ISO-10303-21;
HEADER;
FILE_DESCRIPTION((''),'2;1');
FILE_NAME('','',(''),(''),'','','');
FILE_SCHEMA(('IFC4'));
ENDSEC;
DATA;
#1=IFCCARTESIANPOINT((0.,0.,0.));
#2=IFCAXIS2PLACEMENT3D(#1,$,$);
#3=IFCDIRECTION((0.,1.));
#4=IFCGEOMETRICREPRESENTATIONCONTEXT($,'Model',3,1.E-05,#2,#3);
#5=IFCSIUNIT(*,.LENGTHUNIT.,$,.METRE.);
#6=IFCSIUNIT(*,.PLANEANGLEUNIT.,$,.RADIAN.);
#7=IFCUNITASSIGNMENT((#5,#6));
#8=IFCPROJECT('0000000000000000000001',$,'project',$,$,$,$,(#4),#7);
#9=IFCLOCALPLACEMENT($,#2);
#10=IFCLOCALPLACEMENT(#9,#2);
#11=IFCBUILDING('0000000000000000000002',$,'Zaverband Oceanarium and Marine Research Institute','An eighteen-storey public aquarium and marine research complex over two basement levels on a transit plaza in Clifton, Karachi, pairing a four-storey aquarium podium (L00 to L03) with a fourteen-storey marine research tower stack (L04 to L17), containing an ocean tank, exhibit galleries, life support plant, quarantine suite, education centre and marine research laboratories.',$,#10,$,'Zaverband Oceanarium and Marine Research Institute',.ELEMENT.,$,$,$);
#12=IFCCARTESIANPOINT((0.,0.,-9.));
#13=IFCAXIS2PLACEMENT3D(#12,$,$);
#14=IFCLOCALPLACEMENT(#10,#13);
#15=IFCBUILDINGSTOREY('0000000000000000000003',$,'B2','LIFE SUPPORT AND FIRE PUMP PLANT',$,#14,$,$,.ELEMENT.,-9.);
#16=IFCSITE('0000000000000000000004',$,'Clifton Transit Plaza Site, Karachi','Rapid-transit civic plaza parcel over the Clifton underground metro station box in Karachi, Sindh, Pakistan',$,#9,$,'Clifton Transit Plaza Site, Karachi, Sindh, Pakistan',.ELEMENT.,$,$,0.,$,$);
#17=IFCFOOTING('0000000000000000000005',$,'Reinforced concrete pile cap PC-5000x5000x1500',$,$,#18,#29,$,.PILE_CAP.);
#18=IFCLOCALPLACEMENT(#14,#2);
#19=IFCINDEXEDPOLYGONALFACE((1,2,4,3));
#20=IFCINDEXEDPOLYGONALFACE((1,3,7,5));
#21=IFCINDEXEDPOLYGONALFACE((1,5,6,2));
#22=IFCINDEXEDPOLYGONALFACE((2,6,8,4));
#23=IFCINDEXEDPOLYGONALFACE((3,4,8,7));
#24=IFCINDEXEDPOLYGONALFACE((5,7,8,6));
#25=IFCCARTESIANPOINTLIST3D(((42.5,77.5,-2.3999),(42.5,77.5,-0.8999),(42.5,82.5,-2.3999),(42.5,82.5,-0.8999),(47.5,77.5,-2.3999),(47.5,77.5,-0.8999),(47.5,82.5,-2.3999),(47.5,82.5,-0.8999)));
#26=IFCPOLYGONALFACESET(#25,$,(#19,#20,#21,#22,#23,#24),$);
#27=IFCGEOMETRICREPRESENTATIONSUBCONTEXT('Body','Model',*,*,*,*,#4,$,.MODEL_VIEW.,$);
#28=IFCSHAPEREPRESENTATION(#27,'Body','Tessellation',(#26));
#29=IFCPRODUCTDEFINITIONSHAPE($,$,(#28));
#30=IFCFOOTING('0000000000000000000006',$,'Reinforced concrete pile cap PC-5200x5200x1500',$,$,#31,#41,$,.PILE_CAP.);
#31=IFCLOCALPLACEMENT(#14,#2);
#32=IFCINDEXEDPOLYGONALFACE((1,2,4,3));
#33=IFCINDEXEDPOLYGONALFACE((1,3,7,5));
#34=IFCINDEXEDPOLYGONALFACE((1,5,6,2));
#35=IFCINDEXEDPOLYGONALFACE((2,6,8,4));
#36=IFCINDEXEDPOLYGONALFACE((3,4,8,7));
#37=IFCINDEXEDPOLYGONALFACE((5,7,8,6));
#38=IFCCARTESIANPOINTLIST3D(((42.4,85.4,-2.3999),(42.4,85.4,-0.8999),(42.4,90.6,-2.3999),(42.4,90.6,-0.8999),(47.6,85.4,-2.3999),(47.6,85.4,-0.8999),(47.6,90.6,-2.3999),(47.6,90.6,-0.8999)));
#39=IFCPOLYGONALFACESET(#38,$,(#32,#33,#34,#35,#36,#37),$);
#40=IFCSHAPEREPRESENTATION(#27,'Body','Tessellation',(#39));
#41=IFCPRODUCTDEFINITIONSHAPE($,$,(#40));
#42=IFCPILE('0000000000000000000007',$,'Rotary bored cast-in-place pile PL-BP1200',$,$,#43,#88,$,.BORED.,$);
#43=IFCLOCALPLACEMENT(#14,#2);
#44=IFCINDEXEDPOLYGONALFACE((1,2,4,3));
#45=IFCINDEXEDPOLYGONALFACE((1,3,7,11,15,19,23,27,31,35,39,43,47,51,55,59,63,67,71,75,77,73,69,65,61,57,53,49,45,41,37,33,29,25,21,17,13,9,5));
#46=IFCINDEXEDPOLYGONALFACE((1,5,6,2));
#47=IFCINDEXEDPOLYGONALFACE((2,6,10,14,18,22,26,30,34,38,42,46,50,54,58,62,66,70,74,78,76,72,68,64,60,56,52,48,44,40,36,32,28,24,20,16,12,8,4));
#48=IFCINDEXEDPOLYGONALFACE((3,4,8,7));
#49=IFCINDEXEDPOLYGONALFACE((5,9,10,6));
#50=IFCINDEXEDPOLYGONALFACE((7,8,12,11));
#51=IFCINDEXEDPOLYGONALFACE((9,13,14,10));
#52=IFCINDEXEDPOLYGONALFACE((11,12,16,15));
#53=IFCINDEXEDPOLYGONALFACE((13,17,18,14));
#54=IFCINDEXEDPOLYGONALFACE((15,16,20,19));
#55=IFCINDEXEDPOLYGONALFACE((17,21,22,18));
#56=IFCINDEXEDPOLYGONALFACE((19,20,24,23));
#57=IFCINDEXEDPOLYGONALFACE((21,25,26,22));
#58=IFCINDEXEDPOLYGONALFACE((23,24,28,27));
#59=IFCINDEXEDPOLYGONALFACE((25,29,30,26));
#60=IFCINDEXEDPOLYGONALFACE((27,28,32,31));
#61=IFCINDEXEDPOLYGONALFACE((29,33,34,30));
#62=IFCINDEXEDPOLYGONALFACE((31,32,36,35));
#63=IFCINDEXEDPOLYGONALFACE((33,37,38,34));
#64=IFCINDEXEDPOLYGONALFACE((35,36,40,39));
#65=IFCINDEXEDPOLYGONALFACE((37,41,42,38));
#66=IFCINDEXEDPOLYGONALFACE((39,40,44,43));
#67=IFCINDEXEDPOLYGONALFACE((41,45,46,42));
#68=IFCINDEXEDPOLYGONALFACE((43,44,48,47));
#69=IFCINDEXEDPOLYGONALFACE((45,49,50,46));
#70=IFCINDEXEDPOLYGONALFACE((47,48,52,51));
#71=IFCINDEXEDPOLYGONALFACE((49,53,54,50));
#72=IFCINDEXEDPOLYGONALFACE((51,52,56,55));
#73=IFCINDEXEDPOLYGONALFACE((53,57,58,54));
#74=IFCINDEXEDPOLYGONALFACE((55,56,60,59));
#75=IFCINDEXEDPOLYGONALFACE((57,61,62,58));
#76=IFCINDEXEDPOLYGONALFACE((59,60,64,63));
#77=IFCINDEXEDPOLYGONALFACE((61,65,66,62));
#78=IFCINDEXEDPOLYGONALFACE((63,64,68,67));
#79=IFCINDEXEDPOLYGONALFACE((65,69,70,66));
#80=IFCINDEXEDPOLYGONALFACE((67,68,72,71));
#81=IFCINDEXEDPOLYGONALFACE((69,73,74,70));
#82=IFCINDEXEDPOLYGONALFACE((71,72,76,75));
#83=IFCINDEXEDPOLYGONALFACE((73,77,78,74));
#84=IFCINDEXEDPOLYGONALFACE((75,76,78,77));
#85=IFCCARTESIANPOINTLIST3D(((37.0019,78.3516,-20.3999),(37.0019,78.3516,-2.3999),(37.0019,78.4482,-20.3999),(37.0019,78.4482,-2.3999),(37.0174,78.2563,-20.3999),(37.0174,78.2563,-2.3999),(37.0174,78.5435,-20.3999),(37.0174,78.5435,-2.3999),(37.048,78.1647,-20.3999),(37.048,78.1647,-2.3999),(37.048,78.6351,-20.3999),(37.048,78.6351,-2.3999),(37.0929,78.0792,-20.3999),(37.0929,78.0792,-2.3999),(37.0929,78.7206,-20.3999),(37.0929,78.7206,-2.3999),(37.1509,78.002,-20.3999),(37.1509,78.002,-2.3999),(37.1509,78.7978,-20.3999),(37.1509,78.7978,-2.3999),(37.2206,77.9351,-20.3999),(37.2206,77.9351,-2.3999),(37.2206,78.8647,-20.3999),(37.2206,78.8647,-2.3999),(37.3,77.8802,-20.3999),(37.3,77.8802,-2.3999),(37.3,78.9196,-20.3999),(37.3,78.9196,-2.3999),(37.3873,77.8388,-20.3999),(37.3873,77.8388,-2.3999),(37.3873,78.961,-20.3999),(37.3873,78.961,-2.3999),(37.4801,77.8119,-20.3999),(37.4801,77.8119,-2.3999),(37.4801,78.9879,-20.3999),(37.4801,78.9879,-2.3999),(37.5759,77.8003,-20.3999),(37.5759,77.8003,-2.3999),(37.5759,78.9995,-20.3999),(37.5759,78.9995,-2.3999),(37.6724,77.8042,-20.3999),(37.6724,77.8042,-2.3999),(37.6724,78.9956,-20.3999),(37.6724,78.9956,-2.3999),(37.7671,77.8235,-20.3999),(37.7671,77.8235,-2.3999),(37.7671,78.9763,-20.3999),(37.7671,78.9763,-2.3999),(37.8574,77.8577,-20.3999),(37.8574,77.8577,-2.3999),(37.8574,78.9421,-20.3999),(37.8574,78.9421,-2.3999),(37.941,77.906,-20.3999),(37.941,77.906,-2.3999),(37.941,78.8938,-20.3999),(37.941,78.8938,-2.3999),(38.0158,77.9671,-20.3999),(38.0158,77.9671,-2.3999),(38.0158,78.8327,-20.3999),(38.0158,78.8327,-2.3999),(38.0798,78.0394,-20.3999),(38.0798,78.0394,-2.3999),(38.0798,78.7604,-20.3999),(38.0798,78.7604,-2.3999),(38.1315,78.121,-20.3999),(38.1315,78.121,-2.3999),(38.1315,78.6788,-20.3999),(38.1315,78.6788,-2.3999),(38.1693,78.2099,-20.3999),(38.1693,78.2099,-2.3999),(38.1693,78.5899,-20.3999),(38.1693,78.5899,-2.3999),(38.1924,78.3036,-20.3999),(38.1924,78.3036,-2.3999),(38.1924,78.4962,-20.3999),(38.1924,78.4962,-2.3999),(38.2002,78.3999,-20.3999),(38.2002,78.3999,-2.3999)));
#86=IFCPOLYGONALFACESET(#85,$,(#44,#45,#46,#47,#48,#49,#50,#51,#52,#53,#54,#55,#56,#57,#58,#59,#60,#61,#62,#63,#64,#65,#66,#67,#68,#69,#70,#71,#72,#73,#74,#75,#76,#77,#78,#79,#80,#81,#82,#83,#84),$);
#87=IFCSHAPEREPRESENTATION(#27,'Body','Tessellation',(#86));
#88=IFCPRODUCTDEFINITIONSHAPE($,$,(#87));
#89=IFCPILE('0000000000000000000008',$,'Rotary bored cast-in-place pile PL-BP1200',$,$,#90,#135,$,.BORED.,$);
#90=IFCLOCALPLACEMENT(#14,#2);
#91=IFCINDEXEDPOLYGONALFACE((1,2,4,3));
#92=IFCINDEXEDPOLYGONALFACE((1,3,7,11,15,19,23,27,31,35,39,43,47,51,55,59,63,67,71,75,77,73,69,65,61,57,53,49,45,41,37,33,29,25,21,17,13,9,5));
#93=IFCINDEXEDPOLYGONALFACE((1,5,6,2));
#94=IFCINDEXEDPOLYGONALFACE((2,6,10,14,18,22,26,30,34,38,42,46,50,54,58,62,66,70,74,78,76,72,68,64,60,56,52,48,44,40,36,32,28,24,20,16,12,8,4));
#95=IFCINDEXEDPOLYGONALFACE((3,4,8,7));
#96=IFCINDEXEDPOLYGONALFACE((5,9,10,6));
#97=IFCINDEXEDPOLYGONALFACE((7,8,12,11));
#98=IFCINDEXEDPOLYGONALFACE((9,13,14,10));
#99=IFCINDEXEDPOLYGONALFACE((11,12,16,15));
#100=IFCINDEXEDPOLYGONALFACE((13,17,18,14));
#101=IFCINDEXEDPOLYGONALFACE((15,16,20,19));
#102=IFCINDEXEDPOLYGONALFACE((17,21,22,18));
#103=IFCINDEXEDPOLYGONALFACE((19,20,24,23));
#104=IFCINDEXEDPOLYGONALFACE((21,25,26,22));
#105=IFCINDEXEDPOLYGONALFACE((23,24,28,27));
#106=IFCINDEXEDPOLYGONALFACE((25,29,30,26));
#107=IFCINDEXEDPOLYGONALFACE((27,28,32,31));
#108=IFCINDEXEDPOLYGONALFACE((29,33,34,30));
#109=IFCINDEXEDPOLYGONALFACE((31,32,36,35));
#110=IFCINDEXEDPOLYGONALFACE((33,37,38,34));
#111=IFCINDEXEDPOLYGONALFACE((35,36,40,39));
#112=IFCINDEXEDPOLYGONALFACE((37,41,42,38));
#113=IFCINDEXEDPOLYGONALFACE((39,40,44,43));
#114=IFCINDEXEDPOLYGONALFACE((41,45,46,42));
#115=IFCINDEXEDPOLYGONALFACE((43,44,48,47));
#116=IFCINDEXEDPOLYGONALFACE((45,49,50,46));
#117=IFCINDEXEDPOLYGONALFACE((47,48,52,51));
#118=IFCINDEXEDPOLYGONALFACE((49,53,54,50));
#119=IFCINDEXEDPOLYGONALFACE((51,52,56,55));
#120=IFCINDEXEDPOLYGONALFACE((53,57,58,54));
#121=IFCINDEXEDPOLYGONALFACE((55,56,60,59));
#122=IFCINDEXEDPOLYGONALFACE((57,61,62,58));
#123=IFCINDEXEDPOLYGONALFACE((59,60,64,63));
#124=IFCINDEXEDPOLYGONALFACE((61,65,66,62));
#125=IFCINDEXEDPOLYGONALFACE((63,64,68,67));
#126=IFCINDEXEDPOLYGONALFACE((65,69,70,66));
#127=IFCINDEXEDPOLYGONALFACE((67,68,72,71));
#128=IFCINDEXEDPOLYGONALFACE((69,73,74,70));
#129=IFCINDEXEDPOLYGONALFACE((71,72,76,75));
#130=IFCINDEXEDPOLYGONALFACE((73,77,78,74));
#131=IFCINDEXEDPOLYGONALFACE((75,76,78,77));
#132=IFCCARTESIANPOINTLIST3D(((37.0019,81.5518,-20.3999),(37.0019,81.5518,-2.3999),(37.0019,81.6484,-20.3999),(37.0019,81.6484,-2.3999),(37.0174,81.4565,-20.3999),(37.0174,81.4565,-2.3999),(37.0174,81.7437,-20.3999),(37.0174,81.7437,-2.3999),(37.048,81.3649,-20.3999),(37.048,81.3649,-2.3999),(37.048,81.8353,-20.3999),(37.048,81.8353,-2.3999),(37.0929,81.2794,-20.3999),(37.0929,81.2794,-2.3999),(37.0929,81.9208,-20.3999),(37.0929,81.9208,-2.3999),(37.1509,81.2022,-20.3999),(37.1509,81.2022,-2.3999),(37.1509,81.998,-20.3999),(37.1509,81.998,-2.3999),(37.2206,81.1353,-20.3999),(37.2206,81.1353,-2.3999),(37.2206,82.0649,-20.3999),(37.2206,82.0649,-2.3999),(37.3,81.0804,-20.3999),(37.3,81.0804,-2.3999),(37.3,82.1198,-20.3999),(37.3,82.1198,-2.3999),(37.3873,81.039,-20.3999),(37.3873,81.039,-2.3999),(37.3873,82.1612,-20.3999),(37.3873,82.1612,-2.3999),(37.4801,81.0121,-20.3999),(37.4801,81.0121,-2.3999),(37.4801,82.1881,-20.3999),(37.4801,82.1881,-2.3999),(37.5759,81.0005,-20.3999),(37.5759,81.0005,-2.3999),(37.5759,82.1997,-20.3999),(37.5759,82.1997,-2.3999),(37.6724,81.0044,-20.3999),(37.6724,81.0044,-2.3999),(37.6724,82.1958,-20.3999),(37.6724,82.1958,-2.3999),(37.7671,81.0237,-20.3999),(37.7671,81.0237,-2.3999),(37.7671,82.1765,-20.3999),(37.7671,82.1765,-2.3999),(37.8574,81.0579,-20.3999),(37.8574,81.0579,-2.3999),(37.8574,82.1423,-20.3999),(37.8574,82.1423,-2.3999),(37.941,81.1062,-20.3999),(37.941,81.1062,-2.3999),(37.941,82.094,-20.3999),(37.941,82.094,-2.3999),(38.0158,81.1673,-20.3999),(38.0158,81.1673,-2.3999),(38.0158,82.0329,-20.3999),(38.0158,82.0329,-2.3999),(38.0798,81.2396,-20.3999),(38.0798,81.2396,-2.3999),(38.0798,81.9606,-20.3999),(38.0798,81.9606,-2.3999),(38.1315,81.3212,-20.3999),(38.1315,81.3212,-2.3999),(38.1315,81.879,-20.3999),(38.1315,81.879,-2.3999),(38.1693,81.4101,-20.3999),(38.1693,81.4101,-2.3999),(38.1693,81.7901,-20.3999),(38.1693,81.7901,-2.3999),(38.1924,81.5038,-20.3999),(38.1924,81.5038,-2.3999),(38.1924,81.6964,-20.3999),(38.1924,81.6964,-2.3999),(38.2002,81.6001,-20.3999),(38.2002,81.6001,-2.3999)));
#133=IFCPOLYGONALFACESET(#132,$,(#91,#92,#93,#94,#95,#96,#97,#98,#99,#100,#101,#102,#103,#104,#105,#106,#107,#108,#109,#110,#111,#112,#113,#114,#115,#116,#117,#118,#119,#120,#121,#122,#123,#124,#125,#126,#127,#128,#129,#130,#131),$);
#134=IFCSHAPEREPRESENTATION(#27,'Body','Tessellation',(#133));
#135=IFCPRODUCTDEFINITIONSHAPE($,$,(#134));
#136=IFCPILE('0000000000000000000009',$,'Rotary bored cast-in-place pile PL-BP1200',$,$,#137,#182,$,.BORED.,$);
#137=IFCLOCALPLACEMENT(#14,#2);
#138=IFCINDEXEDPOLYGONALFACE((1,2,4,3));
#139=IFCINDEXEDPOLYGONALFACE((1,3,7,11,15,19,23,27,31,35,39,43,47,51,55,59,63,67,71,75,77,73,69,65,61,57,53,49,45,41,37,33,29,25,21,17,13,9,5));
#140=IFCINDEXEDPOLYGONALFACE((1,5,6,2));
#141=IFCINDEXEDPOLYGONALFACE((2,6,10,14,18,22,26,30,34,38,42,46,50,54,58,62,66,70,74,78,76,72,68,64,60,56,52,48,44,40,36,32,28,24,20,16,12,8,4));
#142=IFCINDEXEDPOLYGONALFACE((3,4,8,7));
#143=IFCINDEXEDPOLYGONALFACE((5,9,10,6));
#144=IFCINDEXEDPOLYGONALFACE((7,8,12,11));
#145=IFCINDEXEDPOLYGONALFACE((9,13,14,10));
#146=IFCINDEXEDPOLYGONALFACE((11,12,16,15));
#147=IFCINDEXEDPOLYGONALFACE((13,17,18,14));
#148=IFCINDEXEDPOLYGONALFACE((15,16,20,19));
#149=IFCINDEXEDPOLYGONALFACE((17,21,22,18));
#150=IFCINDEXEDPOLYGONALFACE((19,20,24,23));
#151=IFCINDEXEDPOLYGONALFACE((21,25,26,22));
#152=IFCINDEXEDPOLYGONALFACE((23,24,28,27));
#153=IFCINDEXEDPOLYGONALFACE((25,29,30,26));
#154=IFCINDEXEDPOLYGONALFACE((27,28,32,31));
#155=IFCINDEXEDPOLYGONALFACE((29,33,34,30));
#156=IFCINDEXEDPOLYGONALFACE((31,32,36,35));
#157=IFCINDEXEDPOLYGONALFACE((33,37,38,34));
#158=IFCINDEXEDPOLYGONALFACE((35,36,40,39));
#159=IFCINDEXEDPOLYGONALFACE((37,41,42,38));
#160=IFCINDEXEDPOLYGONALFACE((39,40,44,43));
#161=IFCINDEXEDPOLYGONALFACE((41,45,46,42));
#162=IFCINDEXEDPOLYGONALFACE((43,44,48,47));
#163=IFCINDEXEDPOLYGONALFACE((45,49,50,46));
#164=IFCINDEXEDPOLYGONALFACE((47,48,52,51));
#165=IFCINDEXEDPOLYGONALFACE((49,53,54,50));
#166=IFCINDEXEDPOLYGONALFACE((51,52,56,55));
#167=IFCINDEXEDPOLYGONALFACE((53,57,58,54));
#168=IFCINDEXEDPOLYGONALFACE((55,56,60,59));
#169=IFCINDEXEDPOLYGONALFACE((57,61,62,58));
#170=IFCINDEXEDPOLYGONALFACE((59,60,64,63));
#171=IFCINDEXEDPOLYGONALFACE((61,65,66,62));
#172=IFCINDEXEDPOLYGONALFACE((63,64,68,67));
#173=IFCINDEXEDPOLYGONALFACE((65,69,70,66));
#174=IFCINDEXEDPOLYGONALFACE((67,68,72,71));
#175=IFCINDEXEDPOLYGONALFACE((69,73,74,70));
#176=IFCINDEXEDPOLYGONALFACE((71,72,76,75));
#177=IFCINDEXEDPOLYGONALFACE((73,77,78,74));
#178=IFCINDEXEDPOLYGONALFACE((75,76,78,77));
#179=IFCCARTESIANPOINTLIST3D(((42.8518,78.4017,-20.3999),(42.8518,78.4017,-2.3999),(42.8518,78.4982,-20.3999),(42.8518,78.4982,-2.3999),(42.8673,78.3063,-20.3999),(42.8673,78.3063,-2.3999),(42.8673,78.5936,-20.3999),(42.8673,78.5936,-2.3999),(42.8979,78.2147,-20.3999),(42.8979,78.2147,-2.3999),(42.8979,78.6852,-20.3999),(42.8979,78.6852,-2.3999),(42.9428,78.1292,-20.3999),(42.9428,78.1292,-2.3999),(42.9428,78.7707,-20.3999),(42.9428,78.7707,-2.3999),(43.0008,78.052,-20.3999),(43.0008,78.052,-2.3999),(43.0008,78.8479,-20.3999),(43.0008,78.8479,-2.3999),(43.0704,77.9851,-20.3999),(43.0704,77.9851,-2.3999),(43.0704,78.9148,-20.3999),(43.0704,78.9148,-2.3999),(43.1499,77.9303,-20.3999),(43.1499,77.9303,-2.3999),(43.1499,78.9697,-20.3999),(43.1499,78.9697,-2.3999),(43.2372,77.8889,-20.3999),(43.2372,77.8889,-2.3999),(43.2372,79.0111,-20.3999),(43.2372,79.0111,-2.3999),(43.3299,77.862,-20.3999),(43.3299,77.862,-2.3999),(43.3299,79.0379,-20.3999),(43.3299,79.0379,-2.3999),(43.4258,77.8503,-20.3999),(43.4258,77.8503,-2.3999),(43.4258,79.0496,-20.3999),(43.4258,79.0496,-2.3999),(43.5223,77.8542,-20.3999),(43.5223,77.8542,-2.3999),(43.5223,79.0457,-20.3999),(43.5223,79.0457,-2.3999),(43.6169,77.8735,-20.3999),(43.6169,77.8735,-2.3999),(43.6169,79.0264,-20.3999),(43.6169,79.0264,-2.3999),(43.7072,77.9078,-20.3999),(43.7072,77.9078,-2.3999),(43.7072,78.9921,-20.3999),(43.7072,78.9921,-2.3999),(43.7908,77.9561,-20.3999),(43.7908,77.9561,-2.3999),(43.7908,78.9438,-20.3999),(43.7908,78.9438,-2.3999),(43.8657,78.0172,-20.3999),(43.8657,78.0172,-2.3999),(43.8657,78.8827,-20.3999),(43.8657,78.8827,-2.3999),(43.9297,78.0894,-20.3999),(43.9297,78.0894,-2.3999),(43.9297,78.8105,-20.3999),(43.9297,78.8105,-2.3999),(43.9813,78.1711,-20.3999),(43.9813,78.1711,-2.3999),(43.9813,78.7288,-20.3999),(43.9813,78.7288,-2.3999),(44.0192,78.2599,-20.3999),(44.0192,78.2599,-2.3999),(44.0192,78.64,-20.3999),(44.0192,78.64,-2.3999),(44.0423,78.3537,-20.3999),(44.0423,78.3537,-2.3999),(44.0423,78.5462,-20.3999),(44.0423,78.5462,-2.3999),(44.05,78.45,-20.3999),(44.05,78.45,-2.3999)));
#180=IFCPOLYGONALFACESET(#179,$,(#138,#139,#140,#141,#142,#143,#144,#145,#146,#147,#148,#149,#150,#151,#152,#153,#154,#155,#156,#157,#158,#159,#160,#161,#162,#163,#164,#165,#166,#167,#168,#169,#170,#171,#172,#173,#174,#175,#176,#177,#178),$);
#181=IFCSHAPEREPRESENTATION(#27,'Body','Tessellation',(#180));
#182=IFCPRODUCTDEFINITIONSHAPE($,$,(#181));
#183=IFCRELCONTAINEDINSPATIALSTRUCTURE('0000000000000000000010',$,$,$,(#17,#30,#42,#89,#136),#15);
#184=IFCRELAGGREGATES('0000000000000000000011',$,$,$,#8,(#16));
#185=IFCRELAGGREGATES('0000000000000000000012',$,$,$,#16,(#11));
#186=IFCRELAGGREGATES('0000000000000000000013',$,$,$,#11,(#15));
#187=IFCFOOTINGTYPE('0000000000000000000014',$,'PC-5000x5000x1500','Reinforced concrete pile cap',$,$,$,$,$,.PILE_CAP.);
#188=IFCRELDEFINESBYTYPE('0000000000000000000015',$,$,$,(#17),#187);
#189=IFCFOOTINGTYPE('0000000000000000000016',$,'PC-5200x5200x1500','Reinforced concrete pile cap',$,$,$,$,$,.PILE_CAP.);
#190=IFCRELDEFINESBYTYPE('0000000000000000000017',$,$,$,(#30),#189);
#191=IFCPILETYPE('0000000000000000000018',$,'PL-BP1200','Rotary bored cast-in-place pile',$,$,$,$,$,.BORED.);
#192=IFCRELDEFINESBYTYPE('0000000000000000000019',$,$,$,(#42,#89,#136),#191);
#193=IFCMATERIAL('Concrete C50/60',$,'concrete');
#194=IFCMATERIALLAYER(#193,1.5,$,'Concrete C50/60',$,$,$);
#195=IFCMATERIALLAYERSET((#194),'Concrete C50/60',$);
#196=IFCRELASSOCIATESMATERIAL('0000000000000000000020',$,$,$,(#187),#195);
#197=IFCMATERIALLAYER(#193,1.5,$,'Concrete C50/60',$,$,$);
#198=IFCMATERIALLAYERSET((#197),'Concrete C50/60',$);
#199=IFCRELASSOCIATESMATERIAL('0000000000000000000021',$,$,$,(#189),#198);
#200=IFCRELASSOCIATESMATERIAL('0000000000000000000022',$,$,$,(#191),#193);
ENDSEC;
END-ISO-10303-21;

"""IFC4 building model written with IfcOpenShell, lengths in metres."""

from ifc_helpers import new_model, si_unit, direction, frame, origin, origin_2d, place, context, subcontext, project, spatial, rectangle, circle, extrude, material, layer, layer_set, material_profile, profile_set, type_object, element, save


model = new_model("IFC4")

# Units and contexts
model_context = context("Model", 3, precision=1e-05, world=origin(), true_north=direction((0.0, 1.0)))
body_context = subcontext(model_context, "Body", "Model", "MODEL_VIEW")
ifc_project = project(units=[si_unit("LENGTHUNIT", "METRE"), si_unit("PLANEANGLEUNIT", "RADIAN")], contexts=[model_context])

# Site, building, storey
site_placement = place(None, origin())
site = spatial("IfcSite", under=ifc_project, at=site_placement, Name="Clifton Transit Plaza Site, Karachi", Description="Rapid-transit civic plaza parcel over the Clifton underground metro station box in Karachi, Sindh, Pakistan", LongName="Clifton Transit Plaza Site, Karachi, Sindh, Pakistan", CompositionType="ELEMENT", RefElevation=0.0)
building_placement = place(site_placement, origin())
building = spatial("IfcBuilding", under=site, at=building_placement, Name="Zaverband Oceanarium and Marine Research Institute", Description="An eighteen-storey public aquarium and marine research complex over two basement levels on a transit plaza in Clifton, Karachi, pairing a four-storey aquarium podium (L00 to L03) with a fourteen-storey marine research tower stack (L04 to L17), containing an ocean tank, exhibit galleries, life support plant, quarantine suite, education centre and marine research laboratories.", LongName="Zaverband Oceanarium and Marine Research Institute", CompositionType="ELEMENT")
storey_placement = place(building_placement, frame((0.0, 0.0, -9.0)))
storey = spatial("IfcBuildingStorey", under=building, at=storey_placement, Name="B2", Description="LIFE SUPPORT AND FIRE PUMP PLANT", CompositionType="ELEMENT", Elevation=-9.0)

# Footings
ifc_material_1 = material(Name="Concrete C50/60", Category="concrete")
ifc_layer_1 = layer(ifc_material_1, 1.5, Name="Concrete C50/60")
ifc_layer_set_1 = layer_set([ifc_layer_1], Name="Concrete C50/60")
footing_type_1 = type_object("IfcFootingType", Name="PC-5000x5000x1500", Description="Reinforced concrete pile cap", PredefinedType="PILE_CAP", material=ifc_layer_set_1)
footing_1_placement = place(storey_placement, frame((45.0, 80.0, -2.3999), z_axis=(0.0, 0.0, 1.0), x_axis=(1.0, 0.0, 0.0)))
element("IfcFooting", 1, at=footing_1_placement, inside=storey, type_object=footing_type_1, Name="Reinforced concrete pile cap PC-5000x5000x1500", PredefinedType="PILE_CAP", context=body_context, shape_type="SweptSolid", body=[
    extrude(rectangle(XDim=5.0, YDim=5.0, at=origin_2d()), origin(), (0.0, 0.0, 1.0), 1.5),
])
ifc_layer_2 = layer(ifc_material_1, 1.5, Name="Concrete C50/60")
ifc_layer_set_2 = layer_set([ifc_layer_2], Name="Concrete C50/60")
footing_type_2 = type_object("IfcFootingType", Name="PC-5200x5200x1500", Description="Reinforced concrete pile cap", PredefinedType="PILE_CAP", material=ifc_layer_set_2)
footing_2_placement = place(storey_placement, frame((45.0, 88.0, -2.3999), z_axis=(0.0, 0.0, 1.0), x_axis=(1.0, 0.0, 0.0)))
element("IfcFooting", 2, at=footing_2_placement, inside=storey, type_object=footing_type_2, Name="Reinforced concrete pile cap PC-5200x5200x1500", PredefinedType="PILE_CAP", context=body_context, shape_type="SweptSolid", body=[
    extrude(rectangle(XDim=5.2, YDim=5.2, at=origin_2d()), origin(), (0.0, 0.0, 1.0), 1.5),
])

# Piles
ifc_material_profile_1 = material_profile(ifc_material_1, circle(Radius=0.6001, at=origin_2d()), Name="BP1200")
ifc_profile_set_1 = profile_set([ifc_material_profile_1], Name="Concrete C50/60")
pile_type = type_object("IfcPileType", Name="PL-BP1200", Description="Rotary bored cast-in-place pile", PredefinedType="BORED", material=ifc_profile_set_1)
for number, where, z_axis, x_axis, name in (
    (3, (37.6001, 78.3999, -2.3999), (0.0, 0.0, -1.0), (1.0, 0.0, 0.0), "Rotary bored cast-in-place pile PL-BP1200"),
    (4, (37.6001, 81.6001, -2.3999), (0.0, 0.0, -1.0), (1.0, 0.0, 0.0), "Rotary bored cast-in-place pile PL-BP1200"),
    (5, (43.45, 78.45, -2.3999), (0.0, 0.0, -1.0), (1.0, 0.0, 0.0), "Rotary bored cast-in-place pile PL-BP1200"),
):
    element("IfcPile", number, at=place(storey_placement, frame(where, z_axis=z_axis, x_axis=x_axis)), inside=storey, type_object=pile_type, Name=name, PredefinedType="BORED", context=body_context, shape_type="SweptSolid", body=[
        extrude(circle(Radius=0.6001, at=origin_2d()), origin(), (0.0, 0.0, 1.0), 18.0),
    ])

save(model, "model.ifc")
